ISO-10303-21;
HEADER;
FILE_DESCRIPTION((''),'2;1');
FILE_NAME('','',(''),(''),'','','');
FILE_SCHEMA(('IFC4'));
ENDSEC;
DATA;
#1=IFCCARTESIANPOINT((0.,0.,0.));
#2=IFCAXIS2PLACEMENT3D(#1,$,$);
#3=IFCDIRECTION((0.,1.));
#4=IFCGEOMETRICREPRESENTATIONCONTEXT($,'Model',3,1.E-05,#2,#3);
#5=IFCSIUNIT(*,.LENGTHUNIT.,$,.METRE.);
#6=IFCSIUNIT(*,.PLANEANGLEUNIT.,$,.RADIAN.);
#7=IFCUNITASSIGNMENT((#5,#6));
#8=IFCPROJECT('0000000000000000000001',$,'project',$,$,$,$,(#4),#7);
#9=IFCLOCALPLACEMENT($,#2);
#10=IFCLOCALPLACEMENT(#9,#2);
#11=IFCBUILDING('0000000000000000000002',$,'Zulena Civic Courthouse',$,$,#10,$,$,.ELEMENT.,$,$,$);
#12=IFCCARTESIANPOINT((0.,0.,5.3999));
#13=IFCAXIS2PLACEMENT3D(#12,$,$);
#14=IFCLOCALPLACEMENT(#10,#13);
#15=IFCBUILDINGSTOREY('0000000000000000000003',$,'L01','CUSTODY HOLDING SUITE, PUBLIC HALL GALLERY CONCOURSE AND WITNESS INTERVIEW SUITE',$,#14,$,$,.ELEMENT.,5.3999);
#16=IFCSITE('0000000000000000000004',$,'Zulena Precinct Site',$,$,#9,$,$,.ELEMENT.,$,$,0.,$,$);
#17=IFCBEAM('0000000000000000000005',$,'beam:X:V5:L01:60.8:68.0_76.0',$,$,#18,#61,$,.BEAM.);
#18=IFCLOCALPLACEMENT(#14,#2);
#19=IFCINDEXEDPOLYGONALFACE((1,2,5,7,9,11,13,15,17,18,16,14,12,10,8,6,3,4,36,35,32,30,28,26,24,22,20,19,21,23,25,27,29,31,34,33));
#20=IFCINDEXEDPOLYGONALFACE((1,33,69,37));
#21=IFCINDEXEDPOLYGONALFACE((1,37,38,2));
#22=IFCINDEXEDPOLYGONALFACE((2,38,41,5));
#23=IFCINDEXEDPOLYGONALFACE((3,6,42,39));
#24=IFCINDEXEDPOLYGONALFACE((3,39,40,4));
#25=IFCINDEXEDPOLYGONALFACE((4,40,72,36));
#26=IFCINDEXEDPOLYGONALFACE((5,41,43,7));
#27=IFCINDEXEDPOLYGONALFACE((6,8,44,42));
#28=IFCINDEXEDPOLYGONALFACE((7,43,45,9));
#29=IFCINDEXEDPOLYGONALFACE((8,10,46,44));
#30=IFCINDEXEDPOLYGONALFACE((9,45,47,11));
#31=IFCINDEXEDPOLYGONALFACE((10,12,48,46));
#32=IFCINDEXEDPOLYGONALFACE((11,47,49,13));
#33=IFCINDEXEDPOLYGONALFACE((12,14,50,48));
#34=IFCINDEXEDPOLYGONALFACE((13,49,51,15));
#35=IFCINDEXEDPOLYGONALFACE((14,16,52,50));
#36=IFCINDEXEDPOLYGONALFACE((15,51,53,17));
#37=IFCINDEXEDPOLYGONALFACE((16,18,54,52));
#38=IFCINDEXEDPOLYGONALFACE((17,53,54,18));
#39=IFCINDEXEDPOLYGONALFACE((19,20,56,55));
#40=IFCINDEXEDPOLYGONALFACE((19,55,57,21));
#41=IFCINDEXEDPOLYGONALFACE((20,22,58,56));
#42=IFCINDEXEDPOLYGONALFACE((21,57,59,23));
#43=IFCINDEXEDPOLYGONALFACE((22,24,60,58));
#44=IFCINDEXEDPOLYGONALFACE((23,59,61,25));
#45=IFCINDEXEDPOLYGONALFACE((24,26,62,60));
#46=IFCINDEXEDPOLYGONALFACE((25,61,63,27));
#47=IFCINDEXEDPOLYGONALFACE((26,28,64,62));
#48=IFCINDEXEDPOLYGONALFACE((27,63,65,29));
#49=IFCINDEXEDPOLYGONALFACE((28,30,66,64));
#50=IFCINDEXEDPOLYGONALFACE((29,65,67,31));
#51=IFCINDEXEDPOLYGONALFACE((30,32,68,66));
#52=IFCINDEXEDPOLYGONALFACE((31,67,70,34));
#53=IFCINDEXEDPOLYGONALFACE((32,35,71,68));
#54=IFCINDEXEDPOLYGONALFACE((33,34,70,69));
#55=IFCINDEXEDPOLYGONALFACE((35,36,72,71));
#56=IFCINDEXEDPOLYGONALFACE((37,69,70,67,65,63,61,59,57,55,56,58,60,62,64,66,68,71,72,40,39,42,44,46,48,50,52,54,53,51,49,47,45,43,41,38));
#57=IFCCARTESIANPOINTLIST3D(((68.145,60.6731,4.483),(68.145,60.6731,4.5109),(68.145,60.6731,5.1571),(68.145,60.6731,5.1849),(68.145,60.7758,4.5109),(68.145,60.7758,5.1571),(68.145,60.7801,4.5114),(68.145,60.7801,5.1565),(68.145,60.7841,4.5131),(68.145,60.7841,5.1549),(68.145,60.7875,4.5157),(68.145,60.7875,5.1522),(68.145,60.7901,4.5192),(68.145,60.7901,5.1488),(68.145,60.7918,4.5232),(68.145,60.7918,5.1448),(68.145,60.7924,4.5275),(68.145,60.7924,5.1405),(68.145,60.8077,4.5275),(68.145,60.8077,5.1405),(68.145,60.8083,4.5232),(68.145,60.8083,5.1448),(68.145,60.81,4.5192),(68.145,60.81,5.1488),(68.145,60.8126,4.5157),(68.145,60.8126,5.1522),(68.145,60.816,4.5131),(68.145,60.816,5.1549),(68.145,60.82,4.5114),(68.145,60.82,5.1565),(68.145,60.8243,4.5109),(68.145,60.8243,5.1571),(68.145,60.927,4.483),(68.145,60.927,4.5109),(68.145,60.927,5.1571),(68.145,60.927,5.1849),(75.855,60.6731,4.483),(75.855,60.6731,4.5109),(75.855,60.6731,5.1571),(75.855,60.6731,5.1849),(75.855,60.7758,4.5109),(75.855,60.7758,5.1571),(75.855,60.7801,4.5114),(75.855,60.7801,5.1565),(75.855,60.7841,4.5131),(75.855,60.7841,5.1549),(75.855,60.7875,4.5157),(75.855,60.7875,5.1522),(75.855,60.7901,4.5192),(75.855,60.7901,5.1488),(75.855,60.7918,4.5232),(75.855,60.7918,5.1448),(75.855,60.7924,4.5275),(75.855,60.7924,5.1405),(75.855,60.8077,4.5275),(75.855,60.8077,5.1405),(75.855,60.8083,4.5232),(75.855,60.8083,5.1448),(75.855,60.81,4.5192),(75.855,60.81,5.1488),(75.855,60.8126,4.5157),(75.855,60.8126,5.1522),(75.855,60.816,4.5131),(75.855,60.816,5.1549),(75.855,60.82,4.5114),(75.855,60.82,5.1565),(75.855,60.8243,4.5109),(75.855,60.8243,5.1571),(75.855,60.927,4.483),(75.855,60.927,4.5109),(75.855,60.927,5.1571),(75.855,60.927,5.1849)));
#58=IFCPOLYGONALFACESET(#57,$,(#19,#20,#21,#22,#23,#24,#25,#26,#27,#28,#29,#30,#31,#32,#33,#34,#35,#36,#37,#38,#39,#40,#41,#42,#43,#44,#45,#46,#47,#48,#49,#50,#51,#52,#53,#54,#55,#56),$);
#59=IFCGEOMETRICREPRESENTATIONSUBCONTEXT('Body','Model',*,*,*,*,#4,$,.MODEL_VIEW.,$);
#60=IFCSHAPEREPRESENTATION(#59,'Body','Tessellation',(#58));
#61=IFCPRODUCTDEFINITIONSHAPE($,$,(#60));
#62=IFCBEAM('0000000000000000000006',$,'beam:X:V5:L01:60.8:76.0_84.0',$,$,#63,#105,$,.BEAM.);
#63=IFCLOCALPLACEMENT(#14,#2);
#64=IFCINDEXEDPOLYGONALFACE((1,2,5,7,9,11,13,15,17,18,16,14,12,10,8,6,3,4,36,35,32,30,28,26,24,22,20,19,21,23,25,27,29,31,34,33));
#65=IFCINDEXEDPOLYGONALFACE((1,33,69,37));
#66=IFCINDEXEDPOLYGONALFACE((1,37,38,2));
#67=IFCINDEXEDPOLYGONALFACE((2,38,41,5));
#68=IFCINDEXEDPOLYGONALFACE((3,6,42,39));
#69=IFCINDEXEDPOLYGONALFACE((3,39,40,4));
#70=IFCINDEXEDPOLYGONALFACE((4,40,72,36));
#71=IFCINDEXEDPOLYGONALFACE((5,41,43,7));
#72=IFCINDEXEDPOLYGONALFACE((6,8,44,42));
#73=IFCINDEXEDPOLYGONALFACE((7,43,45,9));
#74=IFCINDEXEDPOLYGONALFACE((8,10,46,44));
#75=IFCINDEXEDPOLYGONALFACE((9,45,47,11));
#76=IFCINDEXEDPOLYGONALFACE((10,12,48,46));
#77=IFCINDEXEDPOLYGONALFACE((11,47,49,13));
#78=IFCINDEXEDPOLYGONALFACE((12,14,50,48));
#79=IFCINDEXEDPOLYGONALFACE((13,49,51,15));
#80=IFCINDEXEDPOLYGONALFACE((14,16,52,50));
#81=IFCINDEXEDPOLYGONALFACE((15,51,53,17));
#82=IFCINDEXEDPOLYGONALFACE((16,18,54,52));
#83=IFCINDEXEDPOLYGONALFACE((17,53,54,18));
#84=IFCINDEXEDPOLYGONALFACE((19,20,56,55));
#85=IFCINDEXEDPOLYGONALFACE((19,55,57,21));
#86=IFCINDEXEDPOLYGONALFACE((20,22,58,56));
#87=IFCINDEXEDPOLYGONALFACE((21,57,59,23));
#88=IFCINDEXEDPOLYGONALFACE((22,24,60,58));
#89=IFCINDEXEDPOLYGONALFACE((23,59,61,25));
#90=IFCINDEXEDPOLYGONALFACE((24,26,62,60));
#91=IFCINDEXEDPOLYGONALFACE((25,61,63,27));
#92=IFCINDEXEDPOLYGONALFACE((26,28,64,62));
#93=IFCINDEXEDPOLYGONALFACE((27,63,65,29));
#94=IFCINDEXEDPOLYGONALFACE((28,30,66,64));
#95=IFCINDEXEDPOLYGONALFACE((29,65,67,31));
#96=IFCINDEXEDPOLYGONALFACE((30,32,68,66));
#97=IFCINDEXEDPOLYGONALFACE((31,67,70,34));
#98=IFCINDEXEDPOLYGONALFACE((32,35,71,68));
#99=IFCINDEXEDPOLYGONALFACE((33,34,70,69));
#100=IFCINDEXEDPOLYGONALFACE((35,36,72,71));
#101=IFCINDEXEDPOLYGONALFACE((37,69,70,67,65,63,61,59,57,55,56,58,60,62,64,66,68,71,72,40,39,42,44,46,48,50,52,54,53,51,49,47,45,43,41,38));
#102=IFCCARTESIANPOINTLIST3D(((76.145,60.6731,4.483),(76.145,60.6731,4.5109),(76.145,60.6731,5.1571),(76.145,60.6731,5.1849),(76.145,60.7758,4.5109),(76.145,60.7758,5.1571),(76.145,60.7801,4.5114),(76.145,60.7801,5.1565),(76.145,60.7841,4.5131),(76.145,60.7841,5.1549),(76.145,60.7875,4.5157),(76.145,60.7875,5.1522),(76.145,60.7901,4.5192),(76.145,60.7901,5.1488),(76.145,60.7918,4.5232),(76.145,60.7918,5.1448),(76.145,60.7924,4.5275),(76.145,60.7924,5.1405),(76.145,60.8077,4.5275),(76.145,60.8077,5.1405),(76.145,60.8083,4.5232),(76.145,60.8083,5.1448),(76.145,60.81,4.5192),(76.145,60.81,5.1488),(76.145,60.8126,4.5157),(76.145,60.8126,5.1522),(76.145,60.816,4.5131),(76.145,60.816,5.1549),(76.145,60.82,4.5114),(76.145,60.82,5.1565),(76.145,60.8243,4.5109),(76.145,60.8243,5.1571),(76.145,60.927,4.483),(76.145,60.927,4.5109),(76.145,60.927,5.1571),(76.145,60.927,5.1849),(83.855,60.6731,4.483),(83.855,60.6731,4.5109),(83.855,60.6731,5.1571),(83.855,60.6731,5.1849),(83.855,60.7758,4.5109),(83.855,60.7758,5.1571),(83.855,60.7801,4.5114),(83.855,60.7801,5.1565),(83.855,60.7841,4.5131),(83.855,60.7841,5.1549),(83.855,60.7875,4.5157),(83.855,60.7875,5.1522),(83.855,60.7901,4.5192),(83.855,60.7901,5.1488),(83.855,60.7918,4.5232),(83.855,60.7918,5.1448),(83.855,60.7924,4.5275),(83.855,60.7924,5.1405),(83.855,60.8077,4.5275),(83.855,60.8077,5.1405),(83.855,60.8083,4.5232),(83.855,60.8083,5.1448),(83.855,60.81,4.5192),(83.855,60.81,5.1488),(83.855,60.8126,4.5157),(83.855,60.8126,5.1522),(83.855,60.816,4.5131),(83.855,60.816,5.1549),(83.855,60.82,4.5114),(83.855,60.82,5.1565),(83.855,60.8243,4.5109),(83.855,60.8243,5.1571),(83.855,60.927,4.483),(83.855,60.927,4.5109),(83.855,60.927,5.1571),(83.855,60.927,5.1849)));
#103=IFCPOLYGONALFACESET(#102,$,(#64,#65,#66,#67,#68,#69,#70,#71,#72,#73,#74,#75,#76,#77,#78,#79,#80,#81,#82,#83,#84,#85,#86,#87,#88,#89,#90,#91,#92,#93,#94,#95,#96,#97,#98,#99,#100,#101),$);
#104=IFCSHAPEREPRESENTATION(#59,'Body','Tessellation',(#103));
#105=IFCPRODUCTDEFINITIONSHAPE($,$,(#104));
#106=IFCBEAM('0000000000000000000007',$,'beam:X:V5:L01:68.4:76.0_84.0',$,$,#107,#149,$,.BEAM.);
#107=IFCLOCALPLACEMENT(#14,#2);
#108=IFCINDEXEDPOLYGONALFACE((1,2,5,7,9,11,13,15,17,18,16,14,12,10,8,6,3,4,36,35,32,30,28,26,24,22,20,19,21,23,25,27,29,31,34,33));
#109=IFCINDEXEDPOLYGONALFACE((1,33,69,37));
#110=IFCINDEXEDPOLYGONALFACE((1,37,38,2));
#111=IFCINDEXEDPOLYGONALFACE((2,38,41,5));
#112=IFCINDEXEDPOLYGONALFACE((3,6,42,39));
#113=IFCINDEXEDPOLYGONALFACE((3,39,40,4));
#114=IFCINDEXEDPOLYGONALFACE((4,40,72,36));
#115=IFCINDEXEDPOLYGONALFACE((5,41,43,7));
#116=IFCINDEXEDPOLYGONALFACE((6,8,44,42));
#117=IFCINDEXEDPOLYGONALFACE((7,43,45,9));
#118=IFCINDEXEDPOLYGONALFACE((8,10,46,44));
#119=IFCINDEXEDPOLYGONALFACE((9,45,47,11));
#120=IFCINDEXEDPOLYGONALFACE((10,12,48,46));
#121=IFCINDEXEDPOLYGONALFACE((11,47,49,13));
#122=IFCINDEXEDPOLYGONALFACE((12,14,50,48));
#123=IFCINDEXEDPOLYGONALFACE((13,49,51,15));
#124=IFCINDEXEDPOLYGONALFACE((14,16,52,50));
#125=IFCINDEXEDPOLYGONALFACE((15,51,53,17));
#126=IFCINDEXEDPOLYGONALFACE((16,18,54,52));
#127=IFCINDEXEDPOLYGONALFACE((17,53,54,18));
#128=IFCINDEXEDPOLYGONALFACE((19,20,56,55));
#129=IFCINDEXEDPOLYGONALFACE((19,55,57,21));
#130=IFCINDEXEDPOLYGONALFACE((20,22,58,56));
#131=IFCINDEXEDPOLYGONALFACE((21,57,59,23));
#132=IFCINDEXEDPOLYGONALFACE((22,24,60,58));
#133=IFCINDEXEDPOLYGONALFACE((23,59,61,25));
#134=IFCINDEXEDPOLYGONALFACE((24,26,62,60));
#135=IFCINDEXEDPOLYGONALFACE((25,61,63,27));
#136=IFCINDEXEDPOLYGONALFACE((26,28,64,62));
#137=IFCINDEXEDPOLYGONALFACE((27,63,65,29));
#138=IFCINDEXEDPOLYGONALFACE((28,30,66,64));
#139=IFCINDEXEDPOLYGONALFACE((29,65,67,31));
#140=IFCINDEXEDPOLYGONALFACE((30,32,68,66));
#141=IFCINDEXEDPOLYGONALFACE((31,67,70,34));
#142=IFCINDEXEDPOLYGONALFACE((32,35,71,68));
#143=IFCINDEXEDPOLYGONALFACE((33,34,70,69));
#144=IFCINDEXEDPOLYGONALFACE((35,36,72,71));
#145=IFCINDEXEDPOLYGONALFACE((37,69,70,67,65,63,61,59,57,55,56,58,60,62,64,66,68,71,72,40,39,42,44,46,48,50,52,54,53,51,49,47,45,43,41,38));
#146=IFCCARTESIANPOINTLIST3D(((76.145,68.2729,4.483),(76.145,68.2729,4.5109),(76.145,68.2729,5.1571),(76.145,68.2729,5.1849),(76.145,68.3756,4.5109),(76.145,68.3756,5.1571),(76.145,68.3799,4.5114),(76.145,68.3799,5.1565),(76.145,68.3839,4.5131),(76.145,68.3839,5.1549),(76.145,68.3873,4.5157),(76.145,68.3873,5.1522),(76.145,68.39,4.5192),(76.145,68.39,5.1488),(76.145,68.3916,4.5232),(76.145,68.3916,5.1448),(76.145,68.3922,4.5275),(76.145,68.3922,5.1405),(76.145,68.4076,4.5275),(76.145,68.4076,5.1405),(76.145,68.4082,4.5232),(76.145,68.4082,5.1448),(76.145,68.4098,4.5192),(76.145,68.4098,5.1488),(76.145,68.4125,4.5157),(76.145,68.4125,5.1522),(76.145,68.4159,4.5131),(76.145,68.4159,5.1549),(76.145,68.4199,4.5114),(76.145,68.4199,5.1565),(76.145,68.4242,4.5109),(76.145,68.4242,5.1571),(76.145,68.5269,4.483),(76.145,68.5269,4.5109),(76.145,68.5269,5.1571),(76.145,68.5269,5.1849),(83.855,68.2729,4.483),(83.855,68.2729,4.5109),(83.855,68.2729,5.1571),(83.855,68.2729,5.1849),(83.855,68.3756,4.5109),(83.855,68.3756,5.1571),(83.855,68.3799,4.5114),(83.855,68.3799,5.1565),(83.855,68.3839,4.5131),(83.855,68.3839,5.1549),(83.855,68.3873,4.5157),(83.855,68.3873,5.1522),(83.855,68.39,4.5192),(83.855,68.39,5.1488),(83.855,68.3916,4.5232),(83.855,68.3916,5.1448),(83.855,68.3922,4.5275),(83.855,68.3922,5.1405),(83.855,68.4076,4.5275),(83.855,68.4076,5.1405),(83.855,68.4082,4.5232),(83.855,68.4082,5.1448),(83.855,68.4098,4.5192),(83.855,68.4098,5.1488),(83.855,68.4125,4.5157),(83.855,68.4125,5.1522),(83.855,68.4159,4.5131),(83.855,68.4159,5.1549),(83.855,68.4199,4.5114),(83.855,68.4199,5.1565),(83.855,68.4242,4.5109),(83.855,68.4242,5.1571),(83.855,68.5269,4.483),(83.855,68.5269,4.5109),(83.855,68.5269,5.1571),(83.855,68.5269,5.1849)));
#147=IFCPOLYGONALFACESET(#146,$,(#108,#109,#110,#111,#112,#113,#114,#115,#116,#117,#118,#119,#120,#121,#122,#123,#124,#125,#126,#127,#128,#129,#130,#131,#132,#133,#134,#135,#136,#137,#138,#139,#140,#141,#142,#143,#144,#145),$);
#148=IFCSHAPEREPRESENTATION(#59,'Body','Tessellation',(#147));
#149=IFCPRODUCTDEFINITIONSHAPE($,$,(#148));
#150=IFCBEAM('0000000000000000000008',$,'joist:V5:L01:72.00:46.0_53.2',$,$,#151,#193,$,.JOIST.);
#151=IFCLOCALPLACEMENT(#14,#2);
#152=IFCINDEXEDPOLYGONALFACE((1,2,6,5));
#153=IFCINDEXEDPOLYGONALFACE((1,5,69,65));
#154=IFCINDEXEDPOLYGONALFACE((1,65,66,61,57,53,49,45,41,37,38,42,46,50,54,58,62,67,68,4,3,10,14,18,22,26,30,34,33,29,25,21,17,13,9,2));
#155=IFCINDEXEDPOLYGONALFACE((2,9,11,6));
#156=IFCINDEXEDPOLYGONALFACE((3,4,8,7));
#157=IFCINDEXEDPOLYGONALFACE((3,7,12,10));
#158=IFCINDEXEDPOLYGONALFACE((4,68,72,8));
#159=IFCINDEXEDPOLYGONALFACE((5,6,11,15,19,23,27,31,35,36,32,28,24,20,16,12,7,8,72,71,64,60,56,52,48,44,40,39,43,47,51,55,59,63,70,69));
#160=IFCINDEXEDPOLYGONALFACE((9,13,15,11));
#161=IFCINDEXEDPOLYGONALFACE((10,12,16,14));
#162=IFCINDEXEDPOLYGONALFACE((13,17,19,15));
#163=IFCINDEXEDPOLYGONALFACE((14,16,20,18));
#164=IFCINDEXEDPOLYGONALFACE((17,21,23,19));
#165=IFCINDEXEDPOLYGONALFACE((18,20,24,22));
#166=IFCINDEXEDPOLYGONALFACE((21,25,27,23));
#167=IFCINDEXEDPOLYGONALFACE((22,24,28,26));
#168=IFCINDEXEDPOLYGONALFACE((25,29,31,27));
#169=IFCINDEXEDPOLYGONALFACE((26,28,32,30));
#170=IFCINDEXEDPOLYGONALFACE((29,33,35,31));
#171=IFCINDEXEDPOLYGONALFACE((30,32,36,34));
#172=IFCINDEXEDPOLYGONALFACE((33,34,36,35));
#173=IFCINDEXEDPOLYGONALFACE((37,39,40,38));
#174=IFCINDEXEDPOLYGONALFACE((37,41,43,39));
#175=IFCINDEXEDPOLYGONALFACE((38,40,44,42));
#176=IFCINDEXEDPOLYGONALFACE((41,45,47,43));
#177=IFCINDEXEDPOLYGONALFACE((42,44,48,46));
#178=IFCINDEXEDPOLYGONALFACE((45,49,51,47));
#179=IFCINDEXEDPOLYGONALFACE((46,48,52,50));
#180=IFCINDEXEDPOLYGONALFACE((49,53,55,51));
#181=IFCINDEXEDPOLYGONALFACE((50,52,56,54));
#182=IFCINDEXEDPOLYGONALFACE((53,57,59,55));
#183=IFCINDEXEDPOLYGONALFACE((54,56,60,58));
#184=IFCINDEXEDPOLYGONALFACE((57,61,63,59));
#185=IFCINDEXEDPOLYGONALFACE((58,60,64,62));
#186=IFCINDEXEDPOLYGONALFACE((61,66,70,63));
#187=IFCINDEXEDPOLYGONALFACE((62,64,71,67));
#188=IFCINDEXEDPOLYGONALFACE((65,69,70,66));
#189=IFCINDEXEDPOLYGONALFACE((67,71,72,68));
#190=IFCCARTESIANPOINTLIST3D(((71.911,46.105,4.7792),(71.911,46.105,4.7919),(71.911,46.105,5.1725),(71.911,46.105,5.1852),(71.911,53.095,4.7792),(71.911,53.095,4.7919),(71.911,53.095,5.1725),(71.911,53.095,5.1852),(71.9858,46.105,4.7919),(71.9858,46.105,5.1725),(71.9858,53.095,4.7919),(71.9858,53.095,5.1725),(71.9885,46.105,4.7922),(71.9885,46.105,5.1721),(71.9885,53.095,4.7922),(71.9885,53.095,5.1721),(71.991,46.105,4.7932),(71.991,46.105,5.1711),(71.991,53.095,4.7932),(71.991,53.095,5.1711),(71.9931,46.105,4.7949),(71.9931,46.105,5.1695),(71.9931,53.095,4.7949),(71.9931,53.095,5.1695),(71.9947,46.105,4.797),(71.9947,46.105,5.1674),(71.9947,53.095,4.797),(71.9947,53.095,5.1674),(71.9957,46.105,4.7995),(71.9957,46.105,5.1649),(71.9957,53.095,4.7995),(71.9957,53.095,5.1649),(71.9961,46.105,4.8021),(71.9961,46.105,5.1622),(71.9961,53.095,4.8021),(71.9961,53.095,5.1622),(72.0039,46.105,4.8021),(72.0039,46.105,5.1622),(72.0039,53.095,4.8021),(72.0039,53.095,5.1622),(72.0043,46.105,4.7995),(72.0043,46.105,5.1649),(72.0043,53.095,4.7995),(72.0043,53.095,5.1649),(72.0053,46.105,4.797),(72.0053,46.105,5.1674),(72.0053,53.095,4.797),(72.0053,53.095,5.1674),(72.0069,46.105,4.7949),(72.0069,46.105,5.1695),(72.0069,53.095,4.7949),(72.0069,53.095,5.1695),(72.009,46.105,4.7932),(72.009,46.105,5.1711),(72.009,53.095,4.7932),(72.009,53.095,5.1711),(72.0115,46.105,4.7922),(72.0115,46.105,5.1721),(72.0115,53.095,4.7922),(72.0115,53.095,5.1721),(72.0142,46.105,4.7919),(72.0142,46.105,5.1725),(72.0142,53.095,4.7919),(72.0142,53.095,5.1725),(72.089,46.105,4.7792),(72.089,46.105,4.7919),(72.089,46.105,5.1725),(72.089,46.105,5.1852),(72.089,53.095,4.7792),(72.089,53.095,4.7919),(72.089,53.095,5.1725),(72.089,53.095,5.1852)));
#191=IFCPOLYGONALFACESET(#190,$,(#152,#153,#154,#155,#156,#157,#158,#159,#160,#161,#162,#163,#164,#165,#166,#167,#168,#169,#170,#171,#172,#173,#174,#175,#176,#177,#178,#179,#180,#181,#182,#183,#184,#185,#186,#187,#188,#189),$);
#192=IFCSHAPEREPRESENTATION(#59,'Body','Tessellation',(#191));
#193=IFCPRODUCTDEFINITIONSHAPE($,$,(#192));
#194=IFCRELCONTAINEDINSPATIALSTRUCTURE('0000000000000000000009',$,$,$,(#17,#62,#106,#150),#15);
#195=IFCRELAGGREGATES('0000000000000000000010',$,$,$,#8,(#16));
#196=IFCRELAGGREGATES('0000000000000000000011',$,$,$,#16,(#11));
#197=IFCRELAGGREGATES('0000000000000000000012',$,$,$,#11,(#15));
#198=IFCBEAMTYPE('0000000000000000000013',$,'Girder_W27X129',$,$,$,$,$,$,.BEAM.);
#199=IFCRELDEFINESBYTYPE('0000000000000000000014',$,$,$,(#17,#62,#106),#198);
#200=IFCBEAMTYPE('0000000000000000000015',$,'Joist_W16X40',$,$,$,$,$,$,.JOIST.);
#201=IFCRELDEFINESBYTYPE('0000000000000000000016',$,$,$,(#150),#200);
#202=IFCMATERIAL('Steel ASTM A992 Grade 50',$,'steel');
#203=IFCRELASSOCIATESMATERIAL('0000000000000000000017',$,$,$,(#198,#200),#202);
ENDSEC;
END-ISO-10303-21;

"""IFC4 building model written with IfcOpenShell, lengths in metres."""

from ifc_helpers import new_model, si_unit, direction, frame, origin, origin_2d, place, context, subcontext, project, spatial, i_section, extrude, material, material_profile, profile_set, type_object, element, save


model = new_model("IFC4")

# Units and contexts
model_context = context("Model", 3, precision=1e-05, world=origin(), true_north=direction((0.0, 1.0)))
body_context = subcontext(model_context, "Body", "Model", "MODEL_VIEW")
ifc_project = project(units=[si_unit("LENGTHUNIT", "METRE"), si_unit("PLANEANGLEUNIT", "RADIAN")], contexts=[model_context])

# Site, building, storey
site_placement = place(None, origin())
site = spatial("IfcSite", under=ifc_project, at=site_placement, Name="Zulena Precinct Site", CompositionType="ELEMENT", RefElevation=0.0)
building_placement = place(site_placement, origin())
building = spatial("IfcBuilding", under=site, at=building_placement, Name="Zulena Civic Courthouse", CompositionType="ELEMENT")
storey_placement = place(building_placement, frame((0.0, 0.0, 5.3999)))
storey = spatial("IfcBuildingStorey", under=building, at=storey_placement, Name="L01", Description="CUSTODY HOLDING SUITE, PUBLIC HALL GALLERY CONCOURSE AND WITNESS INTERVIEW SUITE", CompositionType="ELEMENT", Elevation=5.3999)

# Shared definitions
ifc_material_1 = material(Name="Steel ASTM A992 Grade 50", Category="steel")

# Beams
ifc_material_profile_1 = material_profile(ifc_material_1, i_section(OverallWidth=0.2539, OverallDepth=0.7019, WebThickness=0.0154, FlangeThickness=0.0278, FilletRadius=0.0166, at=origin_2d()), Name="W27X129")
ifc_profile_set_1 = profile_set([ifc_material_profile_1], Name="Steel ASTM A992 Grade 50")
beam_type_1 = type_object("IfcBeamType", Name="Girder_W27X129", PredefinedType="BEAM", material=ifc_profile_set_1)
for number, where, z_axis, x_axis, name in (
    (1, (68.145, 60.8, 4.834), (1.0, 0.0, 0.0), (0.0, 1.0, 0.0), "beam:X:V5:L01:60.8:68.0_76.0"),
    (2, (76.145, 60.8, 4.834), (1.0, 0.0, 0.0), (0.0, 1.0, 0.0), "beam:X:V5:L01:60.8:76.0_84.0"),
    (3, (76.145, 68.3999, 4.834), (1.0, 0.0, 0.0), (0.0, 1.0, 0.0), "beam:X:V5:L01:68.4:76.0_84.0"),
):
    element("IfcBeam", number, at=place(storey_placement, frame(where, z_axis=z_axis, x_axis=x_axis)), inside=storey, type_object=beam_type_1, Name=name, PredefinedType="BEAM", context=body_context, shape_type="SweptSolid", body=[
        extrude(i_section(OverallWidth=0.2539, OverallDepth=0.7019, WebThickness=0.0154, FlangeThickness=0.0278, FilletRadius=0.0166, at=origin_2d()), origin(), (0.0, 0.0, 1.0), 7.71),
    ])
ifc_material_profile_2 = material_profile(ifc_material_1, i_section(OverallWidth=0.178, OverallDepth=0.406, WebThickness=0.0078, FlangeThickness=0.0127, FilletRadius=0.0103, at=origin_2d()), Name="W16X40")
ifc_profile_set_2 = profile_set([ifc_material_profile_2], Name="Steel ASTM A992 Grade 50")
beam_type_2 = type_object("IfcBeamType", Name="Joist_W16X40", PredefinedType="JOIST", material=ifc_profile_set_2)
beam_1_placement = place(storey_placement, frame((72.0, 46.105, 4.9822), z_axis=(0.0, 1.0, 0.0), x_axis=(-1.0, 0.0, 0.0)))
element("IfcBeam", 4, at=beam_1_placement, inside=storey, type_object=beam_type_2, Name="joist:V5:L01:72.00:46.0_53.2", PredefinedType="JOIST", context=body_context, shape_type="SweptSolid", body=[
    extrude(i_section(OverallWidth=0.178, OverallDepth=0.406, WebThickness=0.0078, FlangeThickness=0.0127, FilletRadius=0.0103, at=origin_2d()), origin(), (0.0, 0.0, 1.0), 6.99),
])

save(model, "model.ifc")
